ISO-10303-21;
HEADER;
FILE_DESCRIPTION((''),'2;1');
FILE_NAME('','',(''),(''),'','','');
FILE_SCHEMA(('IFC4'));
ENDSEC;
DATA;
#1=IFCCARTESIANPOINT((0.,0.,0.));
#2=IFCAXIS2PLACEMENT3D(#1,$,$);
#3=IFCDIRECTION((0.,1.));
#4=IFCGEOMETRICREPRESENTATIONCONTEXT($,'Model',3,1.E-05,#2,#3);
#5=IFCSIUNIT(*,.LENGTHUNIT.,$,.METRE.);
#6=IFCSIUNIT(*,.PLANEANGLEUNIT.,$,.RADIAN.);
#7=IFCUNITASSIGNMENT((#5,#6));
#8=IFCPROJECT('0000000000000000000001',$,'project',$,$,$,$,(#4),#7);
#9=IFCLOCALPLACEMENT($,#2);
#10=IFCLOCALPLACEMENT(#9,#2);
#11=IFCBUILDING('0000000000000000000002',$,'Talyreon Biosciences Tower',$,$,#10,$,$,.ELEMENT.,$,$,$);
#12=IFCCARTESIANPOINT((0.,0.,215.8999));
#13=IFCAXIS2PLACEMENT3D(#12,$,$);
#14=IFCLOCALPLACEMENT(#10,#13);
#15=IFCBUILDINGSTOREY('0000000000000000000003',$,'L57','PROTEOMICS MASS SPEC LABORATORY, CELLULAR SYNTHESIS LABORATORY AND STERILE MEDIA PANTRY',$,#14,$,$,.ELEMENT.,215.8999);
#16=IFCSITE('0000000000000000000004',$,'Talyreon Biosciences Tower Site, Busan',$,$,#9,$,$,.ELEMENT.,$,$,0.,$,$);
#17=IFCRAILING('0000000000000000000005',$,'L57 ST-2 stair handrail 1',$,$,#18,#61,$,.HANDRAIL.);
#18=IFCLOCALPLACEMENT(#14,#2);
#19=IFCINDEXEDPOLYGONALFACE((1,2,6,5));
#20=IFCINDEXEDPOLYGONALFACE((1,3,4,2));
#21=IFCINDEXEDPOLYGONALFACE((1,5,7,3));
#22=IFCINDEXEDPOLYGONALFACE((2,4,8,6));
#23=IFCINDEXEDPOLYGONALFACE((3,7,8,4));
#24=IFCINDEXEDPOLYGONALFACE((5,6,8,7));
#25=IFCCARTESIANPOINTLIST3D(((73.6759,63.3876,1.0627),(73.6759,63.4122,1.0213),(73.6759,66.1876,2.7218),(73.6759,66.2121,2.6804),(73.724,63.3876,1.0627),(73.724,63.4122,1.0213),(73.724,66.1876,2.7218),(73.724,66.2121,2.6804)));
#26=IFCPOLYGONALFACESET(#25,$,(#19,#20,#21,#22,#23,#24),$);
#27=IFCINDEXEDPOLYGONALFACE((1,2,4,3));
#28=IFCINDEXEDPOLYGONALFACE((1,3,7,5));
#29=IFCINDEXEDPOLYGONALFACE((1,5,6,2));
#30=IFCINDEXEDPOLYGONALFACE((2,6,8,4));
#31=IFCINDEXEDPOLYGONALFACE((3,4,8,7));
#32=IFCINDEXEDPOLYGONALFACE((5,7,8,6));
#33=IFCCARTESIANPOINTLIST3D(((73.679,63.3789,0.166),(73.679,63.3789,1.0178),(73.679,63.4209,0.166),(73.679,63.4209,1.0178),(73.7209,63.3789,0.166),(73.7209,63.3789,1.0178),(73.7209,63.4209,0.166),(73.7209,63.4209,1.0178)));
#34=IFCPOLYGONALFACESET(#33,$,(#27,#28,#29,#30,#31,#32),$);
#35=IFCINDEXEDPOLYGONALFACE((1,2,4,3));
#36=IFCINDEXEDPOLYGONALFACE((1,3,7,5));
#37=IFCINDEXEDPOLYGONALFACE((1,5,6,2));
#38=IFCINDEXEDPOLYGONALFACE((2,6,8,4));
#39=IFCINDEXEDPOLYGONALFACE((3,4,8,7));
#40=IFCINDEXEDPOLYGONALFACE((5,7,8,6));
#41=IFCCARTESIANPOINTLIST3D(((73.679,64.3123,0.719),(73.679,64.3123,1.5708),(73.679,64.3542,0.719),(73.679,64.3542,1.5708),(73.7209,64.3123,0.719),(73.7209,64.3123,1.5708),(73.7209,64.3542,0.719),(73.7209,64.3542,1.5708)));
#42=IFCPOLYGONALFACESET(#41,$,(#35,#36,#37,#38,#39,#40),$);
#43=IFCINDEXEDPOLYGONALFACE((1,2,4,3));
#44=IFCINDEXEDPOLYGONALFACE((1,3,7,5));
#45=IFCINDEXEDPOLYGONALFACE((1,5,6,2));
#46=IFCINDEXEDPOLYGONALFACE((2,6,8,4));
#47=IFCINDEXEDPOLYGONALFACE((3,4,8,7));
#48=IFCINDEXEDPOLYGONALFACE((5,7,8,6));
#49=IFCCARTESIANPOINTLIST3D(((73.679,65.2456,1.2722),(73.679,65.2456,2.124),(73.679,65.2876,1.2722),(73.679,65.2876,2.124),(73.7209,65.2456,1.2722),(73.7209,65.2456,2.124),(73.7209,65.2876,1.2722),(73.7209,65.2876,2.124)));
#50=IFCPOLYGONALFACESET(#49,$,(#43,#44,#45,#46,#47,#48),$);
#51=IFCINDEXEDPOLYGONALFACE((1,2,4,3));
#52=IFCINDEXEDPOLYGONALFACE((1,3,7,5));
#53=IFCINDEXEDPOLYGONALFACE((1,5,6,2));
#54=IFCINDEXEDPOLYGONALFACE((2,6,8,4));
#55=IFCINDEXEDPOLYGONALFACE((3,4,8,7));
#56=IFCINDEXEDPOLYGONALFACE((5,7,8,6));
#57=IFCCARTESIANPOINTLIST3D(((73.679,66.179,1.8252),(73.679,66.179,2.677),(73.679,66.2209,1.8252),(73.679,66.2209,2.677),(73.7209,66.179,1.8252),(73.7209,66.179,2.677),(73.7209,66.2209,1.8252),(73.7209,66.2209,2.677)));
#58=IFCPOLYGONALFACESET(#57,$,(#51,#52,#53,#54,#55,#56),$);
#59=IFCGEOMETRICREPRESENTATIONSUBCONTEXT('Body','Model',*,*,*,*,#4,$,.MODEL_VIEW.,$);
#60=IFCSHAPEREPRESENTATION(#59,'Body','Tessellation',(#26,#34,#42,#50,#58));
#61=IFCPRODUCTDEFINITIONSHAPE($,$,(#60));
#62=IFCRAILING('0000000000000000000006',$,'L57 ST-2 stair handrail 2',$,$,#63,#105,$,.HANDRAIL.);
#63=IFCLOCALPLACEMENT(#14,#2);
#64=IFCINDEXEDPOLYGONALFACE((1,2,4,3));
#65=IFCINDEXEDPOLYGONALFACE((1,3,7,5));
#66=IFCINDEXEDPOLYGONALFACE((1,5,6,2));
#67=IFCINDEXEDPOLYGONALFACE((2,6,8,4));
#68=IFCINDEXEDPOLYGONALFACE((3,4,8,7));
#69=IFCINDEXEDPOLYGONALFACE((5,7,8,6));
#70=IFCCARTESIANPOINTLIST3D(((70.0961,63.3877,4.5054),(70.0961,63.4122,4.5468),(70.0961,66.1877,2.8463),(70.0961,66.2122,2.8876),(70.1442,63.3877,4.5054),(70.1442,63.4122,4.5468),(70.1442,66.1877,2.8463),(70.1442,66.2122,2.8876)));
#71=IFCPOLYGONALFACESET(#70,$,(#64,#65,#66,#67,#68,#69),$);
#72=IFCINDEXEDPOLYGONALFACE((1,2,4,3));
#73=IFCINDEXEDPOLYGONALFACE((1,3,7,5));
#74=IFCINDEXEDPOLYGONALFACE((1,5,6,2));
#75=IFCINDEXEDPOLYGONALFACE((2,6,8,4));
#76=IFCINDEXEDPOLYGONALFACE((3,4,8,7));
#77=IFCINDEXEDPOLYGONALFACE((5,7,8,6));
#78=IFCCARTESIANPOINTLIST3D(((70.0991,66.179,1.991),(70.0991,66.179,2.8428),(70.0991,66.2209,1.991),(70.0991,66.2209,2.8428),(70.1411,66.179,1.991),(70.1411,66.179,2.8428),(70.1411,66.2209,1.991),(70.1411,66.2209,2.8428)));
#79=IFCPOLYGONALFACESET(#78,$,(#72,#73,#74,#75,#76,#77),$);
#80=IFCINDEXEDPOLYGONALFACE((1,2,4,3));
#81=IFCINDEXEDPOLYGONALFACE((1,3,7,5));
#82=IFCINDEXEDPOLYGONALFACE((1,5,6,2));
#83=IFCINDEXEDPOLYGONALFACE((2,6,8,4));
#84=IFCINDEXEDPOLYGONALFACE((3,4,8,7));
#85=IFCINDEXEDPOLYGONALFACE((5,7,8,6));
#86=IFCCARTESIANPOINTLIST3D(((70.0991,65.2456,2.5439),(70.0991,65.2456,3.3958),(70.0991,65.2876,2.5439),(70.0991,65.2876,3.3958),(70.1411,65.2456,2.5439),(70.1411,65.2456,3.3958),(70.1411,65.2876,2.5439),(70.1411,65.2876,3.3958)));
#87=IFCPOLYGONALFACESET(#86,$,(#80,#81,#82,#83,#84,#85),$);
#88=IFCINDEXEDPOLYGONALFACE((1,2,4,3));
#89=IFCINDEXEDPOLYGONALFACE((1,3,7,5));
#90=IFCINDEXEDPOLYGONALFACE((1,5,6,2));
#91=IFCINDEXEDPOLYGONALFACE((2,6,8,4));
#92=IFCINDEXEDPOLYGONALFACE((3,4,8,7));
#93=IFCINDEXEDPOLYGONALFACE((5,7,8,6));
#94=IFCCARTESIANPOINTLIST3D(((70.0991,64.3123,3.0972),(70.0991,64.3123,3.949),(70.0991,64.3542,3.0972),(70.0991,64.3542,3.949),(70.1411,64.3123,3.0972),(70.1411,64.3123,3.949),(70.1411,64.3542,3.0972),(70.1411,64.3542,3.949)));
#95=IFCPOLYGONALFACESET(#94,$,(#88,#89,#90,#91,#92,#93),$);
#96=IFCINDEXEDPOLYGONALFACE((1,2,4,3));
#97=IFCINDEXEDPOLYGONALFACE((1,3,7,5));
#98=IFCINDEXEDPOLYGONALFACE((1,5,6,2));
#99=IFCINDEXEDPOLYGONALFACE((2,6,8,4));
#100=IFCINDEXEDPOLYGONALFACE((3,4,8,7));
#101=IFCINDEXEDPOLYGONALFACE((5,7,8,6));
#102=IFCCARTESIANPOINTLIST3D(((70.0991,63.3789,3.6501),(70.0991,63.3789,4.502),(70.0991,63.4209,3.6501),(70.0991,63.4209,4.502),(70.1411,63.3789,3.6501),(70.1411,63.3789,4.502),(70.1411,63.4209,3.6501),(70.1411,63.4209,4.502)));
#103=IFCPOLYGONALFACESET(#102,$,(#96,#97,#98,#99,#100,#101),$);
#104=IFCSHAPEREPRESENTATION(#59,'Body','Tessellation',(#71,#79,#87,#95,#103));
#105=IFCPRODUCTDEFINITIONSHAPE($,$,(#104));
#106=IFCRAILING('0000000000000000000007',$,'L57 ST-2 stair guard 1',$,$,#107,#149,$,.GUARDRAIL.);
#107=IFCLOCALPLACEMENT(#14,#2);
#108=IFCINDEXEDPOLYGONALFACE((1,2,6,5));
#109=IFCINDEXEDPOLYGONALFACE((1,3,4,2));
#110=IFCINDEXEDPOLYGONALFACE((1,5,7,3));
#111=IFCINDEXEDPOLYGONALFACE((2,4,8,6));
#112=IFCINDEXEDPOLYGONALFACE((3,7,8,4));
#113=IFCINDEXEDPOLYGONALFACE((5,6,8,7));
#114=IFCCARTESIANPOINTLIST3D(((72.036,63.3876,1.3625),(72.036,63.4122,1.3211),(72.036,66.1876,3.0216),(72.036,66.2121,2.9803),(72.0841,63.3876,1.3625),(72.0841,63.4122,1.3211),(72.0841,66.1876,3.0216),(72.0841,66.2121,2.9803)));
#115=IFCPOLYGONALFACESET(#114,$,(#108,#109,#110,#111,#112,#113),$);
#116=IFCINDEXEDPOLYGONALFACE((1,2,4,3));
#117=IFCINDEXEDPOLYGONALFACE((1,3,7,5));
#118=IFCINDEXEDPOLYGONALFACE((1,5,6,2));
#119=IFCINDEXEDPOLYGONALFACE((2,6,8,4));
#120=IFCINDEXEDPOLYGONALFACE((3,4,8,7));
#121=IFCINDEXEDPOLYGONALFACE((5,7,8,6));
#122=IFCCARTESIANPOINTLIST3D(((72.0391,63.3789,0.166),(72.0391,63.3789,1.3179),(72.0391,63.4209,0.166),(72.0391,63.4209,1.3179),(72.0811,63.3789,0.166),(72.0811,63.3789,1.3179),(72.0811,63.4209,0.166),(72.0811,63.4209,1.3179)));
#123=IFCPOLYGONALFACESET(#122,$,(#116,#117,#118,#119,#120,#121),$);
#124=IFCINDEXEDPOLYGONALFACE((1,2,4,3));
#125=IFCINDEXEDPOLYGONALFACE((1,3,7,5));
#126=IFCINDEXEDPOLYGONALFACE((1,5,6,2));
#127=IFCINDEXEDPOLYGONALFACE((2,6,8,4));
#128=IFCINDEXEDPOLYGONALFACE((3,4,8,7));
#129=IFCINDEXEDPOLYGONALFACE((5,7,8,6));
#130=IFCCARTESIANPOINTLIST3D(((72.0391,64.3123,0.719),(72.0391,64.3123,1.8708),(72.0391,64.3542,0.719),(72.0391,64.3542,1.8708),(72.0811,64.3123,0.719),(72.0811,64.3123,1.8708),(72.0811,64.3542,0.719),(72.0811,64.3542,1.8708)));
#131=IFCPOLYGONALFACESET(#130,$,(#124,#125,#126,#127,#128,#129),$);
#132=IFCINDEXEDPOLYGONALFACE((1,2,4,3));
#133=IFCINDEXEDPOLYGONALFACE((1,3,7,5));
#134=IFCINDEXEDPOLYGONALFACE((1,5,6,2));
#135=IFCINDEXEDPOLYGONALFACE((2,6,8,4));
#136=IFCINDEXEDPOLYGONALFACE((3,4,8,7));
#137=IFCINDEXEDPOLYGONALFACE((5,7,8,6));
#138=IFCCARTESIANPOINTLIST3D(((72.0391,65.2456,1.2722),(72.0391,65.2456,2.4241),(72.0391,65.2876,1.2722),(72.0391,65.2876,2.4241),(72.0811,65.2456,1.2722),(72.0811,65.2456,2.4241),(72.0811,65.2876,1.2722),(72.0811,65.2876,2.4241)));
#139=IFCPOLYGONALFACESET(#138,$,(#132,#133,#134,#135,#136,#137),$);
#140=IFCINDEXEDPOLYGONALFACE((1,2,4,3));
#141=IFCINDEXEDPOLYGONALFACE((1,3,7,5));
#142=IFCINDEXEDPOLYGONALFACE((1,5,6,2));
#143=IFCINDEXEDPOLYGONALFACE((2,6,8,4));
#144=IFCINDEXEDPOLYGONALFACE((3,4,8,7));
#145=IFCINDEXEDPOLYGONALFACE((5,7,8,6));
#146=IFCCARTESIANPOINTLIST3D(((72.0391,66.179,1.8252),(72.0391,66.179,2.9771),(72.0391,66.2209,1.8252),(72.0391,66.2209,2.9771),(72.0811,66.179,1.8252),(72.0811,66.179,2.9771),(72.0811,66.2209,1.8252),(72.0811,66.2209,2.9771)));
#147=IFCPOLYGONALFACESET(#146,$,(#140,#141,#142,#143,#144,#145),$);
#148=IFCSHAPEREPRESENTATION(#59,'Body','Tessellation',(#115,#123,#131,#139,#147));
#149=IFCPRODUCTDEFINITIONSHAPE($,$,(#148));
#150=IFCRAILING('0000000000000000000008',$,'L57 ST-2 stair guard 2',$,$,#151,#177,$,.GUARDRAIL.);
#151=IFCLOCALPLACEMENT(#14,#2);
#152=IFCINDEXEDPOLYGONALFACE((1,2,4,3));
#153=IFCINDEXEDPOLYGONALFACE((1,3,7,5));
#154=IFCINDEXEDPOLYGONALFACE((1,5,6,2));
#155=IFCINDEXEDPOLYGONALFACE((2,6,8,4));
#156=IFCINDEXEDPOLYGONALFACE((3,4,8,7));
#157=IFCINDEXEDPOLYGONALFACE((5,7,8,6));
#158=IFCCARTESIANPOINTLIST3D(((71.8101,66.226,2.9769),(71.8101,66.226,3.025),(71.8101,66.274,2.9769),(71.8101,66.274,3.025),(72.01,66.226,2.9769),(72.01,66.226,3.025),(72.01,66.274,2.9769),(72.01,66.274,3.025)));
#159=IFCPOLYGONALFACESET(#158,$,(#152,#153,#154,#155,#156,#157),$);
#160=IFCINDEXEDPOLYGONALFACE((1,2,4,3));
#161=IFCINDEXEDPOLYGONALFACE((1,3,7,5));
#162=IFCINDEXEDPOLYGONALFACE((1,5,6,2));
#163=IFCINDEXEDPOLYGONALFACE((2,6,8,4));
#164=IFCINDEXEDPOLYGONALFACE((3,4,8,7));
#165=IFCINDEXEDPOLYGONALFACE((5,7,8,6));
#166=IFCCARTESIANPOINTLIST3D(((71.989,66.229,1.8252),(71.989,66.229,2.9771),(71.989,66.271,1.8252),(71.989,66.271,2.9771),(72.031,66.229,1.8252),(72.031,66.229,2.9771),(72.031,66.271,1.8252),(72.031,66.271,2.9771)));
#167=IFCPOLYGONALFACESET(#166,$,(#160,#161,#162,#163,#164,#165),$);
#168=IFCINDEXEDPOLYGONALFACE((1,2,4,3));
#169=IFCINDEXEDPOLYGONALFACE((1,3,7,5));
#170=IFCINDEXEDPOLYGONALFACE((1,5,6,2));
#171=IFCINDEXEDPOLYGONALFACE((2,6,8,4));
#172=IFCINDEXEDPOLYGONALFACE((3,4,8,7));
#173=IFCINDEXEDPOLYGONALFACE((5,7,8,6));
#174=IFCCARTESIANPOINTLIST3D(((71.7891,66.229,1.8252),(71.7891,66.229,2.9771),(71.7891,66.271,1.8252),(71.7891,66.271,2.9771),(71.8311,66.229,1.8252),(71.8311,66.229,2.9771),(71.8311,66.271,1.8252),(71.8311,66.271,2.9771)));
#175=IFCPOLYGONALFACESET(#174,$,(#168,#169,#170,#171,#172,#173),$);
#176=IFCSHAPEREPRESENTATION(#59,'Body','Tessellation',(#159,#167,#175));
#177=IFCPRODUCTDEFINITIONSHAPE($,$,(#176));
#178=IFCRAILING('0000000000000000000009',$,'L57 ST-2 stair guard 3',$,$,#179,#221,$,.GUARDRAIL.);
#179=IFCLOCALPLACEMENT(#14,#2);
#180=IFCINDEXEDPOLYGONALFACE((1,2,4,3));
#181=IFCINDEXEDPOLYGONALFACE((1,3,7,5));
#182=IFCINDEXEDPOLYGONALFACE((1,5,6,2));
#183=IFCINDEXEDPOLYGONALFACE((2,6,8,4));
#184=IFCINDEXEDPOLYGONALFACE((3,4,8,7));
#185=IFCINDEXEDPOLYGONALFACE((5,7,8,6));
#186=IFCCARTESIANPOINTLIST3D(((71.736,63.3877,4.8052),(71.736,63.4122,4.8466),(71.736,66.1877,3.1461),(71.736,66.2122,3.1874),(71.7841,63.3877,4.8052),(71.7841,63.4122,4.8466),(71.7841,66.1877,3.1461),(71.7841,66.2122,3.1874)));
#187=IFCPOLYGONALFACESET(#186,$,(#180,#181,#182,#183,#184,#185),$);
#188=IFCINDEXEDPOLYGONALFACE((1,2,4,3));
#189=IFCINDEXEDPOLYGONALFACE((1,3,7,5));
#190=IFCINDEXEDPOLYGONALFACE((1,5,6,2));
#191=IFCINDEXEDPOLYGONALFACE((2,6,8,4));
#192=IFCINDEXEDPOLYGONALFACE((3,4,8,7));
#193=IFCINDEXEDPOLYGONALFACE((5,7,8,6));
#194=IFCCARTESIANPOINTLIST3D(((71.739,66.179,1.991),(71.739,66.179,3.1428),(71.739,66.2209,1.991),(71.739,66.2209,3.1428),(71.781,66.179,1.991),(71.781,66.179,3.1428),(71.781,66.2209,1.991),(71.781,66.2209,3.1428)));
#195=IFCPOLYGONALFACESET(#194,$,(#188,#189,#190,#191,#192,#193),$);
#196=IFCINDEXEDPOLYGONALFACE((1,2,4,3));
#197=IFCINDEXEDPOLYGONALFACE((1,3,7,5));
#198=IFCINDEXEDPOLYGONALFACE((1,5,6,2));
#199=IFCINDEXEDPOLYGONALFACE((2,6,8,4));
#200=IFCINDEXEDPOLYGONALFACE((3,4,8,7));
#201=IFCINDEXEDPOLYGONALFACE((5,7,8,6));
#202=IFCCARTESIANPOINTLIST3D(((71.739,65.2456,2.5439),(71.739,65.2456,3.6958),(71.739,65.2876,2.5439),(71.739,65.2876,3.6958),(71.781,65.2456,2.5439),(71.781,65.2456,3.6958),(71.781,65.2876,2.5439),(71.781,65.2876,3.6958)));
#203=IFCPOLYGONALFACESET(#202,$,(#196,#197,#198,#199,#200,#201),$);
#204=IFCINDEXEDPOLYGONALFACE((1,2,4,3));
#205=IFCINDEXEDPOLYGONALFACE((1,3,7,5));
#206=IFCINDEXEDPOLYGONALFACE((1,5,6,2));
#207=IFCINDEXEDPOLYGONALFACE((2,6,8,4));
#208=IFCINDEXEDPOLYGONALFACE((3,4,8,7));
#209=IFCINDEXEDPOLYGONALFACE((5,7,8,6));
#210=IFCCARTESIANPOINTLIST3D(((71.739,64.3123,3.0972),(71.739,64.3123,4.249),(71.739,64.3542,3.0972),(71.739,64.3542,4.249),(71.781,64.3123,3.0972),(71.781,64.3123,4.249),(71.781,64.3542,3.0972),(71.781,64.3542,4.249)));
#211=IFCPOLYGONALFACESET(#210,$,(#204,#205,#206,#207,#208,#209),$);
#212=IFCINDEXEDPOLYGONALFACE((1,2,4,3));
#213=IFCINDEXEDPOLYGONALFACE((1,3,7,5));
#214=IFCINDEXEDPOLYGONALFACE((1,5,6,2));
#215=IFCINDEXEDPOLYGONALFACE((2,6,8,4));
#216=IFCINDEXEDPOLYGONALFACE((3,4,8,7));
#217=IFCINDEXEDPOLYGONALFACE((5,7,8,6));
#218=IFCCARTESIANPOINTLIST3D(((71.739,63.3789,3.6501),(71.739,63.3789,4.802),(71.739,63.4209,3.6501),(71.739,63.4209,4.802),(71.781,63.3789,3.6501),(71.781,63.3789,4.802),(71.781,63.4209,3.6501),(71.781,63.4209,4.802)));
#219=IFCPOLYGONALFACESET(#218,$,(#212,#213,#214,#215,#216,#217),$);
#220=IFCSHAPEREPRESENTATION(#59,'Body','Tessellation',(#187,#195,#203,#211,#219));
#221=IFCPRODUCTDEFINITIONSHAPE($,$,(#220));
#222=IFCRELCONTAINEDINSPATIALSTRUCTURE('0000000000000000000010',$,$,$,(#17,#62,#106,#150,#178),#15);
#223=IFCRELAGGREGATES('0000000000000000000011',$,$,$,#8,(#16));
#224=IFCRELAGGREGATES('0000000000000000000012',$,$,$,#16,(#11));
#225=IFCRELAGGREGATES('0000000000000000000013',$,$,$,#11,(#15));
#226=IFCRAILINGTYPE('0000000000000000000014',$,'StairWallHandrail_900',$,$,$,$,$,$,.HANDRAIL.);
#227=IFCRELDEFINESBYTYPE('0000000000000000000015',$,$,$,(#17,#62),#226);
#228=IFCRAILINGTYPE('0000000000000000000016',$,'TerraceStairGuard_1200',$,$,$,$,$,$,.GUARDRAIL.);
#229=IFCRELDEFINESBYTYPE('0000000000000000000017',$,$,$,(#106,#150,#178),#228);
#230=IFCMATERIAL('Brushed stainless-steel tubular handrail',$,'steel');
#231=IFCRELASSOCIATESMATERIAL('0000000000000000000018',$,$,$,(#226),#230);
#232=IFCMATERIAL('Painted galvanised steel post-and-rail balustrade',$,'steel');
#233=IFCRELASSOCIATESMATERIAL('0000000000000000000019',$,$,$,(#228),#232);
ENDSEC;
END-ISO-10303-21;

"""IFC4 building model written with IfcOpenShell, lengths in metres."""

from ifc_helpers import new_model, si_unit, direction, frame, origin, origin_2d, place, context, subcontext, project, spatial, rectangle, extrude, material, type_object, element, save


model = new_model("IFC4")

# Units and contexts
model_context = context("Model", 3, precision=1e-05, world=origin(), true_north=direction((0.0, 1.0)))
body_context = subcontext(model_context, "Body", "Model", "MODEL_VIEW")
ifc_project = project(units=[si_unit("LENGTHUNIT", "METRE"), si_unit("PLANEANGLEUNIT", "RADIAN")], contexts=[model_context])

# Site, building, storey
site_placement = place(None, origin())
site = spatial("IfcSite", under=ifc_project, at=site_placement, Name="Talyreon Biosciences Tower Site, Busan", CompositionType="ELEMENT", RefElevation=0.0)
building_placement = place(site_placement, origin())
building = spatial("IfcBuilding", under=site, at=building_placement, Name="Talyreon Biosciences Tower", CompositionType="ELEMENT")
storey_placement = place(building_placement, frame((0.0, 0.0, 215.8999)))
storey = spatial("IfcBuildingStorey", under=building, at=storey_placement, Name="L57", Description="PROTEOMICS MASS SPEC LABORATORY, CELLULAR SYNTHESIS LABORATORY AND STERILE MEDIA PANTRY", CompositionType="ELEMENT", Elevation=215.8999)

# Railings
ifc_material_1 = material(Name="Brushed stainless-steel tubular handrail", Category="steel")
railing_type_1 = type_object("IfcRailingType", Name="StairWallHandrail_900", PredefinedType="HANDRAIL", material=ifc_material_1)
railing_1_placement = place(storey_placement, frame((73.7, 63.3999, 0.166)))
element("IfcRailing", 1, at=railing_1_placement, inside=storey, type_object=railing_type_1, Name="L57 ST-2 stair handrail 1", PredefinedType="HANDRAIL", context=body_context, shape_type="SweptSolid", body=[
    extrude(rectangle(XDim=0.0481, YDim=0.0481, at=origin_2d()), frame((0.0, 0.0, 0.876), z_axis=(0.0, 0.860306, 0.509778), x_axis=(-1.0, 0.0, 0.0)), (0.0, 0.0, 1.0), 3.2546),
    extrude(rectangle(XDim=0.042, YDim=0.042, at=origin_2d()), origin(), (0.0, 0.0, 1.0), 0.8518),
    extrude(rectangle(XDim=0.042, YDim=0.042, at=origin_2d()), frame((0.0, 0.9333, 0.553)), (0.0, 0.0, 1.0), 0.8518),
    extrude(rectangle(XDim=0.042, YDim=0.042, at=origin_2d()), frame((0.0, 1.8667, 1.1062)), (0.0, 0.0, 1.0), 0.8518),
    extrude(rectangle(XDim=0.042, YDim=0.042, at=origin_2d()), frame((0.0, 2.8, 1.6592)), (0.0, 0.0, 1.0), 0.8518),
])
railing_2_placement = place(storey_placement, frame((70.1201, 66.2, 1.991)))
element("IfcRailing", 2, at=railing_2_placement, inside=storey, type_object=railing_type_1, Name="L57 ST-2 stair handrail 2", PredefinedType="HANDRAIL", context=body_context, shape_type="SweptSolid", body=[
    extrude(rectangle(XDim=0.0481, YDim=0.0481, at=origin_2d()), frame((0.0, 0.0, 0.876), z_axis=(0.0, -0.860306, 0.509778), x_axis=(1.0, 0.0, 0.0)), (0.0, 0.0, 1.0), 3.2546),
    extrude(rectangle(XDim=0.042, YDim=0.042, at=origin_2d()), origin(), (0.0, 0.0, 1.0), 0.8518),
    extrude(rectangle(XDim=0.042, YDim=0.042, at=origin_2d()), frame((0.0, -0.9333, 0.553)), (0.0, 0.0, 1.0), 0.8518),
    extrude(rectangle(XDim=0.042, YDim=0.042, at=origin_2d()), frame((0.0, -1.8667, 1.1062)), (0.0, 0.0, 1.0), 0.8518),
    extrude(rectangle(XDim=0.042, YDim=0.042, at=origin_2d()), frame((0.0, -2.8, 1.6592)), (0.0, 0.0, 1.0), 0.8518),
])
ifc_material_2 = material(Name="Painted galvanised steel post-and-rail balustrade", Category="steel")
railing_type_2 = type_object("IfcRailingType", Name="TerraceStairGuard_1200", PredefinedType="GUARDRAIL", material=ifc_material_2)
railing_3_placement = place(storey_placement, frame((72.0601, 63.3999, 0.166)))
element("IfcRailing", 3, at=railing_3_placement, inside=storey, type_object=railing_type_2, Name="L57 ST-2 stair guard 1", PredefinedType="GUARDRAIL", context=body_context, shape_type="SweptSolid", body=[
    extrude(rectangle(XDim=0.0481, YDim=0.0481, at=origin_2d()), frame((0.0, 0.0, 1.1758), z_axis=(0.0, 0.860306, 0.509778), x_axis=(-1.0, 0.0, 0.0)), (0.0, 0.0, 1.0), 3.2546),
    extrude(rectangle(XDim=0.042, YDim=0.042, at=origin_2d()), origin(), (0.0, 0.0, 1.0), 1.1519),
    extrude(rectangle(XDim=0.042, YDim=0.042, at=origin_2d()), frame((0.0, 0.9333, 0.553)), (0.0, 0.0, 1.0), 1.1519),
    extrude(rectangle(XDim=0.042, YDim=0.042, at=origin_2d()), frame((0.0, 1.8667, 1.1062)), (0.0, 0.0, 1.0), 1.1519),
    extrude(rectangle(XDim=0.042, YDim=0.042, at=origin_2d()), frame((0.0, 2.8, 1.6592)), (0.0, 0.0, 1.0), 1.1519),
])
railing_4_placement = place(storey_placement, frame((72.01, 66.25, 1.8252)))
element("IfcRailing", 4, at=railing_4_placement, inside=storey, type_object=railing_type_2, Name="L57 ST-2 stair guard 2", PredefinedType="GUARDRAIL", context=body_context, shape_type="SweptSolid", body=[
    extrude(rectangle(XDim=0.0481, YDim=0.0481, at=origin_2d()), frame((0.0, 0.0, 1.1758), z_axis=(-1.0, 0.0, 0.0), x_axis=(0.0, -1.0, 0.0)), (0.0, 0.0, 1.0), 0.2),
    extrude(rectangle(XDim=0.042, YDim=0.042, at=origin_2d()), origin(), (0.0, 0.0, 1.0), 1.1519),
    extrude(rectangle(XDim=0.042, YDim=0.042, at=origin_2d()), frame((-0.2, 0.0, 0.0)), (0.0, 0.0, 1.0), 1.1519),
])
railing_5_placement = place(storey_placement, frame((71.76, 66.2, 1.991)))
element("IfcRailing", 5, at=railing_5_placement, inside=storey, type_object=railing_type_2, Name="L57 ST-2 stair guard 3", PredefinedType="GUARDRAIL", context=body_context, shape_type="SweptSolid", body=[
    extrude(rectangle(XDim=0.0481, YDim=0.0481, at=origin_2d()), frame((0.0, 0.0, 1.1758), z_axis=(0.0, -0.860306, 0.509778), x_axis=(1.0, 0.0, 0.0)), (0.0, 0.0, 1.0), 3.2546),
    extrude(rectangle(XDim=0.042, YDim=0.042, at=origin_2d()), origin(), (0.0, 0.0, 1.0), 1.1519),
    extrude(rectangle(XDim=0.042, YDim=0.042, at=origin_2d()), frame((0.0, -0.9333, 0.553)), (0.0, 0.0, 1.0), 1.1519),
    extrude(rectangle(XDim=0.042, YDim=0.042, at=origin_2d()), frame((0.0, -1.8667, 1.1062)), (0.0, 0.0, 1.0), 1.1519),
    extrude(rectangle(XDim=0.042, YDim=0.042, at=origin_2d()), frame((0.0, -2.8, 1.6592)), (0.0, 0.0, 1.0), 1.1519),
])

save(model, "model.ifc")
